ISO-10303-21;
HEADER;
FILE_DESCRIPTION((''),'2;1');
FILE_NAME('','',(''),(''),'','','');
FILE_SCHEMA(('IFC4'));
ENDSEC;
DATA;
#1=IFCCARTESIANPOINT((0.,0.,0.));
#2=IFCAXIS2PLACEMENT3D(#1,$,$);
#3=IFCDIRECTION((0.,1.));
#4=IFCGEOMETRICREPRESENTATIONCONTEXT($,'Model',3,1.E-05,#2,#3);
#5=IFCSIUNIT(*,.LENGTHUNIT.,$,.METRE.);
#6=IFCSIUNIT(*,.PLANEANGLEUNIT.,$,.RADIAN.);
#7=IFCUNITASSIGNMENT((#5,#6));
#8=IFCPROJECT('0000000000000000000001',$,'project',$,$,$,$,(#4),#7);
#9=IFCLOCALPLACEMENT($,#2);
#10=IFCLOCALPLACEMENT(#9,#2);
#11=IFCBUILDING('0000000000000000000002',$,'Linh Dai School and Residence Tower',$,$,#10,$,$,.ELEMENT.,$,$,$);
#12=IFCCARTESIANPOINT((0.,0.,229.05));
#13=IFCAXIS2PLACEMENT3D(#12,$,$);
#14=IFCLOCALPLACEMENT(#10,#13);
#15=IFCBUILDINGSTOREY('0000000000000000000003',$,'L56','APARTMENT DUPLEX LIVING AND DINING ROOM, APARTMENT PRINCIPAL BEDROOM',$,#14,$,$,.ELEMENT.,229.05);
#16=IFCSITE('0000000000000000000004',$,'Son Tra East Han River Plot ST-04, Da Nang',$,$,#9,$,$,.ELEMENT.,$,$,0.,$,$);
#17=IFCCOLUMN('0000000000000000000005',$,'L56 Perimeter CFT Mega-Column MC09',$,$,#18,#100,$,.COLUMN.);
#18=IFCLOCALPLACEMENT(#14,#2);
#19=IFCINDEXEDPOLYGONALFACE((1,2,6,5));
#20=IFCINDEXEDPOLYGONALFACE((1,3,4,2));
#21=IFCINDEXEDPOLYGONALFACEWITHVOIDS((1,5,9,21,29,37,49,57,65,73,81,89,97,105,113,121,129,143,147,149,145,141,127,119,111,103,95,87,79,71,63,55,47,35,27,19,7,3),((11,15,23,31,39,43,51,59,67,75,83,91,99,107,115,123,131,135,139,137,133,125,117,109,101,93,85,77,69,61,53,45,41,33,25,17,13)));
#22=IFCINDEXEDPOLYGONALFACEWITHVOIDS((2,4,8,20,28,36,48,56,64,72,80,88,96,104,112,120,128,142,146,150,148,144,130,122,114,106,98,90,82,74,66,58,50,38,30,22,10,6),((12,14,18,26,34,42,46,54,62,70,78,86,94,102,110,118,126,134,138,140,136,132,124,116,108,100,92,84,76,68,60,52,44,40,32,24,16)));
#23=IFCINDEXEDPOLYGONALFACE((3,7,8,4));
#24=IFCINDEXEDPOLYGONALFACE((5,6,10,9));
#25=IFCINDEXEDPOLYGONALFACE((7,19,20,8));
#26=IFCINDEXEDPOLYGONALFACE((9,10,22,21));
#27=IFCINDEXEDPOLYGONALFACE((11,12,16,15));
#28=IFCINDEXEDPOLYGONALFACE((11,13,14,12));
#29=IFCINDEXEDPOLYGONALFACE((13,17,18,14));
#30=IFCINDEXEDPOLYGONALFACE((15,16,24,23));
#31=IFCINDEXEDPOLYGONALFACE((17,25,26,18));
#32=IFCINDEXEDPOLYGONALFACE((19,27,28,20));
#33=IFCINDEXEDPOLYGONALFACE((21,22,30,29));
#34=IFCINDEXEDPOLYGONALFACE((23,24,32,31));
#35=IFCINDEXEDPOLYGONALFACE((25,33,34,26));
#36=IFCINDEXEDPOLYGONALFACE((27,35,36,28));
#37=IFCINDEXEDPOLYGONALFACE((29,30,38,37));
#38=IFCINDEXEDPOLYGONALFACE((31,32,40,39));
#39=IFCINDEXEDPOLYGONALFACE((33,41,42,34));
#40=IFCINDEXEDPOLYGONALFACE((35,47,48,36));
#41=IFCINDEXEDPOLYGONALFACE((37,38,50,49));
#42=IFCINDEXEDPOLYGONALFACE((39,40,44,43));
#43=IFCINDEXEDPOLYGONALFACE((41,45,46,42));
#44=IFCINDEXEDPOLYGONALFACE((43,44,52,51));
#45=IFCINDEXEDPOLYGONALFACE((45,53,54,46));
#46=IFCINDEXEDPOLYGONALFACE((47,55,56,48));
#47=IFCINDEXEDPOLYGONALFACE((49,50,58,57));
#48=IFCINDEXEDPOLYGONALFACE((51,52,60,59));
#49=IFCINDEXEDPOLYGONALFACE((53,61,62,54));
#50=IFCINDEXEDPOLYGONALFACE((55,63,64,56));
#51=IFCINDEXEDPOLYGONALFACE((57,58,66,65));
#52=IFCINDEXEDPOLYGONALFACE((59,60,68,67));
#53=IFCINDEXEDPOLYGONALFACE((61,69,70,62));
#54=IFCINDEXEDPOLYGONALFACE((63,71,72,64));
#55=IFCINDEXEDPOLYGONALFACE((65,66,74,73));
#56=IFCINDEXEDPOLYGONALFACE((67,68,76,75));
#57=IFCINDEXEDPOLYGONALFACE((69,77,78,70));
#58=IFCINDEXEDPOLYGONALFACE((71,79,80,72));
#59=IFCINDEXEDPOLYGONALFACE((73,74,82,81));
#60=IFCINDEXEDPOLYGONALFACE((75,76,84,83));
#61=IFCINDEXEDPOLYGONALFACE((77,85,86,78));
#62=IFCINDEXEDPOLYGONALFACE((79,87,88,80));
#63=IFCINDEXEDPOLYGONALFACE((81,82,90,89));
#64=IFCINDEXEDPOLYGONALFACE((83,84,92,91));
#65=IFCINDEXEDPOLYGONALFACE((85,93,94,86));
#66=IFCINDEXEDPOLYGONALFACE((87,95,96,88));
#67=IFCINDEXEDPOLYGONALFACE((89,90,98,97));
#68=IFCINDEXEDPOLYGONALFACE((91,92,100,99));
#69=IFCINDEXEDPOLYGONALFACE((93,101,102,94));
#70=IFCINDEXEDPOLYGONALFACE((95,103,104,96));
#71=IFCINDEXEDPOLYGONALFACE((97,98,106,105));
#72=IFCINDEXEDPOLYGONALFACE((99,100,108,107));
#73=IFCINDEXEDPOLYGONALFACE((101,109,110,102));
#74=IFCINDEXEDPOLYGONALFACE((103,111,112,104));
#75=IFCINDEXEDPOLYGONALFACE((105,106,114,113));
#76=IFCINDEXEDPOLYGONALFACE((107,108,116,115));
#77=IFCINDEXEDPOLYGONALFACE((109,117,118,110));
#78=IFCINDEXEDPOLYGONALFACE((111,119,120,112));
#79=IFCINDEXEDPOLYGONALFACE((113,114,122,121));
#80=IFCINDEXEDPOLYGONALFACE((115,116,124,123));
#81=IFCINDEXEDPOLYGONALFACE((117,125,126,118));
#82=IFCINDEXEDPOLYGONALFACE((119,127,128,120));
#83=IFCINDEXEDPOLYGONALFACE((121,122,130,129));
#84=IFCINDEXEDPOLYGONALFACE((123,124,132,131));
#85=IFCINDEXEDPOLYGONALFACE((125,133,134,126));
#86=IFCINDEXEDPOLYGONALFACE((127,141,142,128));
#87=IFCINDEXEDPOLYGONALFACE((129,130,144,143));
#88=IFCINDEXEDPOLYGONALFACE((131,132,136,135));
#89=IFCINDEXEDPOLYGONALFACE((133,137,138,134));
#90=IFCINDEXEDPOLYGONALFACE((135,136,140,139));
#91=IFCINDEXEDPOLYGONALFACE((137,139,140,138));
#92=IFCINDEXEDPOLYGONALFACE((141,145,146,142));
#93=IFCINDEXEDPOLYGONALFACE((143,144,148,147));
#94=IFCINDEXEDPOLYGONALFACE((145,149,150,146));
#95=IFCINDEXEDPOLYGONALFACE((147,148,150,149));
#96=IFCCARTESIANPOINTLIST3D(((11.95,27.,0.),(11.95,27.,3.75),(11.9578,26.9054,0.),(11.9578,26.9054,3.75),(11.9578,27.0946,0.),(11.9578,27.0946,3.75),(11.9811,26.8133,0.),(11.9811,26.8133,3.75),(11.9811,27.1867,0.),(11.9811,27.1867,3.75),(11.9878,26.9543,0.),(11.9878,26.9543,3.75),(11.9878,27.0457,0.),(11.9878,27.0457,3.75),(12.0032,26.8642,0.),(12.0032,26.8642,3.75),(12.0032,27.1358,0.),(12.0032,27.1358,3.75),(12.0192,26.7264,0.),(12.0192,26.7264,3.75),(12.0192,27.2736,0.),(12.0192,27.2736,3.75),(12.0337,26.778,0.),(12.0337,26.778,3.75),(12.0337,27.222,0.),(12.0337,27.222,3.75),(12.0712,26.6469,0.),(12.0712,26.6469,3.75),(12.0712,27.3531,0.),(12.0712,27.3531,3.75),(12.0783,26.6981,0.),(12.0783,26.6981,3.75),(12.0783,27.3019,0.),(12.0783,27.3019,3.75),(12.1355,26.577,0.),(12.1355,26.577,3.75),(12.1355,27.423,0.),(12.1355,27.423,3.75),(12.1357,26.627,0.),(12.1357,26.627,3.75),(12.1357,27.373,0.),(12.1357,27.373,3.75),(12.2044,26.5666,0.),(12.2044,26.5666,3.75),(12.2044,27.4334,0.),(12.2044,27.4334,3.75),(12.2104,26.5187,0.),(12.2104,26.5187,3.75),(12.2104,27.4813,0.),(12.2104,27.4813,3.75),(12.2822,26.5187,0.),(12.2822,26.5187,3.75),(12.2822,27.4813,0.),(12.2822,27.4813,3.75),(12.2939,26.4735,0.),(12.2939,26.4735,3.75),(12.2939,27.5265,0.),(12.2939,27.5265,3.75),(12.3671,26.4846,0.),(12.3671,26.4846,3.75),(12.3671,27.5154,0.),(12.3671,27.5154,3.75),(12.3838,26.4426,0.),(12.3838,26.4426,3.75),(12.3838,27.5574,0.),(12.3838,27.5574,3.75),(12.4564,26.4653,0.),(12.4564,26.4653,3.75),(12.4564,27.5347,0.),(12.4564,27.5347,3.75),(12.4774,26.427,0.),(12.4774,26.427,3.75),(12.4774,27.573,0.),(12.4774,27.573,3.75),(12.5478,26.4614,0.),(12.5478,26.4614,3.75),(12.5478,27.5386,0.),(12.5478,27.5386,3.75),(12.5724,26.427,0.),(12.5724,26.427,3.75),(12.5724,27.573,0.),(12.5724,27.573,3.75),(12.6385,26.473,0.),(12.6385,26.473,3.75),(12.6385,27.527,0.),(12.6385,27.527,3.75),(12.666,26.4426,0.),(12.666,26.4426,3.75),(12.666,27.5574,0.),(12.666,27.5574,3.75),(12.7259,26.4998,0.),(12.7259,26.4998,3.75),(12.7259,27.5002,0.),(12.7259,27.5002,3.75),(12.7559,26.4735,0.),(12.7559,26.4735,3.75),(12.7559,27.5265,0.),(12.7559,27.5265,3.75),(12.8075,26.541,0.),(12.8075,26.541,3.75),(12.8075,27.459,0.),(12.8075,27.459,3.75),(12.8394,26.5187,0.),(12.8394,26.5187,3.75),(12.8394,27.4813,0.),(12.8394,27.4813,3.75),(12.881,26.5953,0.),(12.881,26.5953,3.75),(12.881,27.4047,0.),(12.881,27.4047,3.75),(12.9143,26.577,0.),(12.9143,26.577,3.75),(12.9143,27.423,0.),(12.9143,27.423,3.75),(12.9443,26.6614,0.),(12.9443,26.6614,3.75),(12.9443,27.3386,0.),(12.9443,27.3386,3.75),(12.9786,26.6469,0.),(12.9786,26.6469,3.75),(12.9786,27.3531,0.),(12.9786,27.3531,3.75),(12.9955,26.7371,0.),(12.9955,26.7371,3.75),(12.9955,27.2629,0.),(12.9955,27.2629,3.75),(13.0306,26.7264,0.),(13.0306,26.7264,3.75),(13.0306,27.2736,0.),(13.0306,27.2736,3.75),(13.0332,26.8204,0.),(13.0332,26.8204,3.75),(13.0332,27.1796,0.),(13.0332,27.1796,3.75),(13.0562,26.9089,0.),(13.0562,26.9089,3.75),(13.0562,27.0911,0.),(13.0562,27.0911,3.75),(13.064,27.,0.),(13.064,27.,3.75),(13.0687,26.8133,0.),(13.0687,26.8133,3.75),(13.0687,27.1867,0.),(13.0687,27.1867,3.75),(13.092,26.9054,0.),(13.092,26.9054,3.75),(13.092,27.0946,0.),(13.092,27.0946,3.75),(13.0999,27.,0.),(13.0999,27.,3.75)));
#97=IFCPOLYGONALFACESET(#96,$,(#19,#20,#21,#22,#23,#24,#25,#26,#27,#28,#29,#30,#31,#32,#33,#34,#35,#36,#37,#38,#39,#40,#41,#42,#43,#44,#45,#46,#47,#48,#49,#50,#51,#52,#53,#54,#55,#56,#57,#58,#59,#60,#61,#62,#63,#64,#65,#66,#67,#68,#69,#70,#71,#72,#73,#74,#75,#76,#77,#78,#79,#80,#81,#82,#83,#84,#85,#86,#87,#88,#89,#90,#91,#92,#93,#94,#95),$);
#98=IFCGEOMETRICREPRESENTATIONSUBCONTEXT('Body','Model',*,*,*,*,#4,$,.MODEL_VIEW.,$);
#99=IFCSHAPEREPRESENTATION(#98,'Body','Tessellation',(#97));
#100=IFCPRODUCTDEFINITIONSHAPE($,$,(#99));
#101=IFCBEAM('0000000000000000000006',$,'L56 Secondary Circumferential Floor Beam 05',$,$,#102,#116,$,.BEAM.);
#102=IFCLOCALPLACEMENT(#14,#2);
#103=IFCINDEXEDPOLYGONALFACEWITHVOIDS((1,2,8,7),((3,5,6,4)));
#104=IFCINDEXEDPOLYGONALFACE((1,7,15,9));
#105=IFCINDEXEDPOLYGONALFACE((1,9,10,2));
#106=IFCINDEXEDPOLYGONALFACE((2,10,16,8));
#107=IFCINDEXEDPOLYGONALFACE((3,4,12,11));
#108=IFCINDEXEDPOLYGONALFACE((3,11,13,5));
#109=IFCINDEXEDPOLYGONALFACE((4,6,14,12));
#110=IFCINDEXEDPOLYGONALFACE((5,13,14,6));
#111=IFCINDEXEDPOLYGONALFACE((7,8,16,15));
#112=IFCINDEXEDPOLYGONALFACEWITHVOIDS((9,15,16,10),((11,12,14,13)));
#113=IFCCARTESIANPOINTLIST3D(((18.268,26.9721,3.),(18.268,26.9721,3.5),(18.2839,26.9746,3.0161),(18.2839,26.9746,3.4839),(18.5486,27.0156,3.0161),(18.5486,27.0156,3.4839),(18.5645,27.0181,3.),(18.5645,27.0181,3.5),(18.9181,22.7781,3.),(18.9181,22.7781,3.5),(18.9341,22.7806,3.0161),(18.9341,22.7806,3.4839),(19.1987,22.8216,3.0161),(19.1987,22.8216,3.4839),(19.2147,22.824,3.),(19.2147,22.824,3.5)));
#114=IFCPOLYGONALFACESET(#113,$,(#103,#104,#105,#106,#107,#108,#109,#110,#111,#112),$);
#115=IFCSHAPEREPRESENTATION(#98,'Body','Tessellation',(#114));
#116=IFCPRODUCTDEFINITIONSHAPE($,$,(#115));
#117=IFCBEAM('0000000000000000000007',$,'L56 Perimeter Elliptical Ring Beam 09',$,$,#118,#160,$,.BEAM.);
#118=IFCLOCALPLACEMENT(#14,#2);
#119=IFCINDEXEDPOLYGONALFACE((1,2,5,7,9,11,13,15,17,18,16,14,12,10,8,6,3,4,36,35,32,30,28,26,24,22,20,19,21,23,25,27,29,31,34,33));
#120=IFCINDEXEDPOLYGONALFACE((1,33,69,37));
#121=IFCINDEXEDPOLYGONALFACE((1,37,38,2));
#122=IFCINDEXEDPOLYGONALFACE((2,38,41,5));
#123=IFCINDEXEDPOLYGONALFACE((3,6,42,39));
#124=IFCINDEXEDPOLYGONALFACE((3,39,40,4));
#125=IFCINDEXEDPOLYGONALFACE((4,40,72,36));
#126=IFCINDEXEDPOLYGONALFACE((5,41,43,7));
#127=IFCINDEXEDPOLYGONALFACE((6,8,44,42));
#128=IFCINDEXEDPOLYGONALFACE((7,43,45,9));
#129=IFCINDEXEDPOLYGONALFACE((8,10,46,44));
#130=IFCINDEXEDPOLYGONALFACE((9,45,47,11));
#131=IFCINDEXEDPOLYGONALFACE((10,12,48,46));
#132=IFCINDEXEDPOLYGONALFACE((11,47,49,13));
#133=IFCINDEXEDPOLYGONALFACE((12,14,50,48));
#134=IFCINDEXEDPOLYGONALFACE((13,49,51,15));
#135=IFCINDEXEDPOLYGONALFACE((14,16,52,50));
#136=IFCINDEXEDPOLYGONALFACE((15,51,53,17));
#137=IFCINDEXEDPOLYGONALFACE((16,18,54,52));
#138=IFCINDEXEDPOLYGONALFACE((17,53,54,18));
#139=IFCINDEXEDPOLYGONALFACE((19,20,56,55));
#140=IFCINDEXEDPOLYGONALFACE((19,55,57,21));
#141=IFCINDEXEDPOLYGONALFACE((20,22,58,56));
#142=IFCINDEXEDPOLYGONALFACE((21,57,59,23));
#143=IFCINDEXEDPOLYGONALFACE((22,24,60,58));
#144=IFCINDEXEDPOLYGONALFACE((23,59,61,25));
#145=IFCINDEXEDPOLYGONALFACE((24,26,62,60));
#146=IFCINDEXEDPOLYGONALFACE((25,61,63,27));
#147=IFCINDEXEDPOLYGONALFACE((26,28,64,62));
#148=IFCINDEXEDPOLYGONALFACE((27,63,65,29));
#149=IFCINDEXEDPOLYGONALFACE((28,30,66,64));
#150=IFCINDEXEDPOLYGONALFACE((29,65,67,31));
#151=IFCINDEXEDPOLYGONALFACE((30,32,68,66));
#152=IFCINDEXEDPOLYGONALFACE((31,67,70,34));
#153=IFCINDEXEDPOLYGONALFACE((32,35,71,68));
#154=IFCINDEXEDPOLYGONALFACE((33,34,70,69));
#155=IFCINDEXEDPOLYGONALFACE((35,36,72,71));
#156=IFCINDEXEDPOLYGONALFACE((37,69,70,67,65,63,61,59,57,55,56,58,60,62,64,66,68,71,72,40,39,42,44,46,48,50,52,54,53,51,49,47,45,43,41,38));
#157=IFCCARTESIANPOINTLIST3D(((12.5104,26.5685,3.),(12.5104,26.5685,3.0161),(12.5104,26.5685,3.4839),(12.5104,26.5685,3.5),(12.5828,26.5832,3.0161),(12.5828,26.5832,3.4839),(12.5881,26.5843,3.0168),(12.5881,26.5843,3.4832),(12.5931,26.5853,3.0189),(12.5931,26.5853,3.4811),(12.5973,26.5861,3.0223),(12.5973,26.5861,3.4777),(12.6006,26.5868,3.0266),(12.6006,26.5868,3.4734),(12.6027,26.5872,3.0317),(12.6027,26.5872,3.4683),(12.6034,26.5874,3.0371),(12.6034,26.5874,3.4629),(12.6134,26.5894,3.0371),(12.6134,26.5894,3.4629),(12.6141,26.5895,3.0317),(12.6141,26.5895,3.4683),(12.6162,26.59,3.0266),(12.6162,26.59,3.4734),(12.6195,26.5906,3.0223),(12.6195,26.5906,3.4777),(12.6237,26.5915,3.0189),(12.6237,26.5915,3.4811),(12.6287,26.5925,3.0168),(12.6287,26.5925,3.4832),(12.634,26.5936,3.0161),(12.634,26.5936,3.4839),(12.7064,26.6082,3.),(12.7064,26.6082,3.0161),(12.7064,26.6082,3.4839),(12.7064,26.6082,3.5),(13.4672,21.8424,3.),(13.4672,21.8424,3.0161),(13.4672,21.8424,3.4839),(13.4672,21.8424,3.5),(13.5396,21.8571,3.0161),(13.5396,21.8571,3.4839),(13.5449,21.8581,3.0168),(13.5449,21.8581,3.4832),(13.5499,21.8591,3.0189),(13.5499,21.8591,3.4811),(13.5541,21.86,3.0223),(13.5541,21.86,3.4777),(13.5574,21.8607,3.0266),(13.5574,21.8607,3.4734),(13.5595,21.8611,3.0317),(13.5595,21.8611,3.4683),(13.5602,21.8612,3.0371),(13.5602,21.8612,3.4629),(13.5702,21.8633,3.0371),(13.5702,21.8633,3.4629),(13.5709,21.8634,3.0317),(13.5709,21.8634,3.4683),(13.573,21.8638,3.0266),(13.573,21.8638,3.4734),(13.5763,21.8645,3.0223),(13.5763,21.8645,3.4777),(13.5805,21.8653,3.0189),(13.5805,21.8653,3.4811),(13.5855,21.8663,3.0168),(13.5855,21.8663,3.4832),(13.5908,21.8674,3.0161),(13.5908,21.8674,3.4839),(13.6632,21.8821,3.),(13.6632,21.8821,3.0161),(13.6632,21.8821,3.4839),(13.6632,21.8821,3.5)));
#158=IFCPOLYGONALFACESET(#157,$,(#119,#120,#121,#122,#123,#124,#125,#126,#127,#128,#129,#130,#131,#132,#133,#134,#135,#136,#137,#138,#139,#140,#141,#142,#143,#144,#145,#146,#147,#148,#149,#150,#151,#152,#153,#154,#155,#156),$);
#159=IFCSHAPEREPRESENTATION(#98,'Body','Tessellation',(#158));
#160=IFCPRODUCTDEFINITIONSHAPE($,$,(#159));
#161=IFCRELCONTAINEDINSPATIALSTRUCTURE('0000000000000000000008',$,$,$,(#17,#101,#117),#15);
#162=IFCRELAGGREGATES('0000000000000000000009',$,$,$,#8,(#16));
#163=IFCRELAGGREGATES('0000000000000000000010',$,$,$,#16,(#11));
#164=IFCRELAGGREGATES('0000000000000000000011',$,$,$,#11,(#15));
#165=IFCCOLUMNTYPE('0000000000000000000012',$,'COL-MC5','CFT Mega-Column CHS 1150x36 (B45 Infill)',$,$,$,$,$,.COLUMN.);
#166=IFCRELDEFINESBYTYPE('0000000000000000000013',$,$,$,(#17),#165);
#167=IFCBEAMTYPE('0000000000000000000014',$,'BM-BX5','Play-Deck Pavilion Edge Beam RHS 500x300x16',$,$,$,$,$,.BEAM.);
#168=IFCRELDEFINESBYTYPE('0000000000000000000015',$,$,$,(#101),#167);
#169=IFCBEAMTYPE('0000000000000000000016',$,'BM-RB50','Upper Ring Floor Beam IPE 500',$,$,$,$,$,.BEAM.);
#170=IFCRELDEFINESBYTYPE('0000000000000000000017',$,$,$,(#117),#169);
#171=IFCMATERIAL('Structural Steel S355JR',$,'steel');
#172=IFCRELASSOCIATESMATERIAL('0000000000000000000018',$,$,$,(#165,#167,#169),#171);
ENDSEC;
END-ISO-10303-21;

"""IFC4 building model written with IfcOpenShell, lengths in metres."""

from ifc_helpers import new_model, si_unit, direction, frame, origin, origin_2d, place, context, subcontext, project, spatial, hollow_rectangle, hollow_circle, i_section, extrude, material, material_profile, profile_set, type_object, element, save


model = new_model("IFC4")

# Units and contexts
model_context = context("Model", 3, precision=1e-05, world=origin(), true_north=direction((0.0, 1.0)))
body_context = subcontext(model_context, "Body", "Model", "MODEL_VIEW")
ifc_project = project(units=[si_unit("LENGTHUNIT", "METRE"), si_unit("PLANEANGLEUNIT", "RADIAN")], contexts=[model_context])

# Site, building, storey
site_placement = place(None, origin())
site = spatial("IfcSite", under=ifc_project, at=site_placement, Name="Son Tra East Han River Plot ST-04, Da Nang", CompositionType="ELEMENT", RefElevation=0.0)
building_placement = place(site_placement, origin())
building = spatial("IfcBuilding", under=site, at=building_placement, Name="Linh Dai School and Residence Tower", CompositionType="ELEMENT")
storey_placement = place(building_placement, frame((0.0, 0.0, 229.05)))
storey = spatial("IfcBuildingStorey", under=building, at=storey_placement, Name="L56", Description="APARTMENT DUPLEX LIVING AND DINING ROOM, APARTMENT PRINCIPAL BEDROOM", CompositionType="ELEMENT", Elevation=229.05)

# Column
ifc_material_1 = material(Name="Structural Steel S355JR", Category="steel")
ifc_material_profile_1 = material_profile(ifc_material_1, hollow_circle(Radius=0.575, WallThickness=0.0359, at=origin_2d()), Name="CHS 1150x36")
ifc_profile_set_1 = profile_set([ifc_material_profile_1], Name="Structural Steel S355JR")
column_type = type_object("IfcColumnType", Name="COL-MC5", Description="CFT Mega-Column CHS 1150x36 (B45 Infill)", PredefinedType="COLUMN", material=ifc_profile_set_1)
column_placement = place(storey_placement, frame((12.5249, 27.0, 0.0), z_axis=(0.0, 0.0, 1.0), x_axis=(1.0, 0.0, 0.0)))
element("IfcColumn", 1, at=column_placement, inside=storey, type_object=column_type, Name="L56 Perimeter CFT Mega-Column MC09", PredefinedType="COLUMN", context=body_context, shape_type="SweptSolid", body=[
    extrude(hollow_circle(Radius=0.575, WallThickness=0.0359, at=origin_2d()), origin(), (0.0, 0.0, 1.0), 3.75),
])

# Beams
ifc_material_profile_2 = material_profile(ifc_material_1, hollow_rectangle(XDim=0.3, YDim=0.5, WallThickness=0.0161, at=origin_2d()), Name="RHS 500x300x16")
ifc_profile_set_2 = profile_set([ifc_material_profile_2], Name="Structural Steel S355JR")
beam_type_1 = type_object("IfcBeamType", Name="BM-BX5", Description="Play-Deck Pavilion Edge Beam RHS 500x300x16", PredefinedType="BEAM", material=ifc_profile_set_2)
beam_1_placement = place(storey_placement, frame((18.4163, 26.9951, 3.25), z_axis=(0.153185, -0.988197, 0.0), x_axis=(0.988197, 0.153185, 0.0)))
element("IfcBeam", 2, at=beam_1_placement, inside=storey, type_object=beam_type_1, Name="L56 Secondary Circumferential Floor Beam 05", PredefinedType="BEAM", context=body_context, shape_type="SweptSolid", body=[
    extrude(hollow_rectangle(XDim=0.3, YDim=0.5, WallThickness=0.0161, at=origin_2d()), origin(), (0.0, 0.0, 1.0), 4.2441),
])
ifc_material_profile_3 = material_profile(ifc_material_1, i_section(OverallWidth=0.2, OverallDepth=0.5, WebThickness=0.0103, FlangeThickness=0.0161, FilletRadius=0.021, at=origin_2d()), Name="IPE 500")
ifc_profile_set_3 = profile_set([ifc_material_profile_3], Name="Structural Steel S355JR")
beam_type_2 = type_object("IfcBeamType", Name="BM-RB50", Description="Upper Ring Floor Beam IPE 500", PredefinedType="BEAM", material=ifc_profile_set_3)
beam_2_placement = place(storey_placement, frame((12.6084, 26.5884, 3.25), z_axis=(0.198423, -0.980116, 0.0), x_axis=(0.980116, 0.198423, 0.0)))
element("IfcBeam", 3, at=beam_2_placement, inside=storey, type_object=beam_type_2, Name="L56 Perimeter Elliptical Ring Beam 09", PredefinedType="BEAM", context=body_context, shape_type="SweptSolid", body=[
    extrude(i_section(OverallWidth=0.2, OverallDepth=0.5, WebThickness=0.0103, FlangeThickness=0.0161, FilletRadius=0.021, at=origin_2d()), origin(), (0.0, 0.0, 1.0), 4.822),
])

save(model, "model.ifc")
